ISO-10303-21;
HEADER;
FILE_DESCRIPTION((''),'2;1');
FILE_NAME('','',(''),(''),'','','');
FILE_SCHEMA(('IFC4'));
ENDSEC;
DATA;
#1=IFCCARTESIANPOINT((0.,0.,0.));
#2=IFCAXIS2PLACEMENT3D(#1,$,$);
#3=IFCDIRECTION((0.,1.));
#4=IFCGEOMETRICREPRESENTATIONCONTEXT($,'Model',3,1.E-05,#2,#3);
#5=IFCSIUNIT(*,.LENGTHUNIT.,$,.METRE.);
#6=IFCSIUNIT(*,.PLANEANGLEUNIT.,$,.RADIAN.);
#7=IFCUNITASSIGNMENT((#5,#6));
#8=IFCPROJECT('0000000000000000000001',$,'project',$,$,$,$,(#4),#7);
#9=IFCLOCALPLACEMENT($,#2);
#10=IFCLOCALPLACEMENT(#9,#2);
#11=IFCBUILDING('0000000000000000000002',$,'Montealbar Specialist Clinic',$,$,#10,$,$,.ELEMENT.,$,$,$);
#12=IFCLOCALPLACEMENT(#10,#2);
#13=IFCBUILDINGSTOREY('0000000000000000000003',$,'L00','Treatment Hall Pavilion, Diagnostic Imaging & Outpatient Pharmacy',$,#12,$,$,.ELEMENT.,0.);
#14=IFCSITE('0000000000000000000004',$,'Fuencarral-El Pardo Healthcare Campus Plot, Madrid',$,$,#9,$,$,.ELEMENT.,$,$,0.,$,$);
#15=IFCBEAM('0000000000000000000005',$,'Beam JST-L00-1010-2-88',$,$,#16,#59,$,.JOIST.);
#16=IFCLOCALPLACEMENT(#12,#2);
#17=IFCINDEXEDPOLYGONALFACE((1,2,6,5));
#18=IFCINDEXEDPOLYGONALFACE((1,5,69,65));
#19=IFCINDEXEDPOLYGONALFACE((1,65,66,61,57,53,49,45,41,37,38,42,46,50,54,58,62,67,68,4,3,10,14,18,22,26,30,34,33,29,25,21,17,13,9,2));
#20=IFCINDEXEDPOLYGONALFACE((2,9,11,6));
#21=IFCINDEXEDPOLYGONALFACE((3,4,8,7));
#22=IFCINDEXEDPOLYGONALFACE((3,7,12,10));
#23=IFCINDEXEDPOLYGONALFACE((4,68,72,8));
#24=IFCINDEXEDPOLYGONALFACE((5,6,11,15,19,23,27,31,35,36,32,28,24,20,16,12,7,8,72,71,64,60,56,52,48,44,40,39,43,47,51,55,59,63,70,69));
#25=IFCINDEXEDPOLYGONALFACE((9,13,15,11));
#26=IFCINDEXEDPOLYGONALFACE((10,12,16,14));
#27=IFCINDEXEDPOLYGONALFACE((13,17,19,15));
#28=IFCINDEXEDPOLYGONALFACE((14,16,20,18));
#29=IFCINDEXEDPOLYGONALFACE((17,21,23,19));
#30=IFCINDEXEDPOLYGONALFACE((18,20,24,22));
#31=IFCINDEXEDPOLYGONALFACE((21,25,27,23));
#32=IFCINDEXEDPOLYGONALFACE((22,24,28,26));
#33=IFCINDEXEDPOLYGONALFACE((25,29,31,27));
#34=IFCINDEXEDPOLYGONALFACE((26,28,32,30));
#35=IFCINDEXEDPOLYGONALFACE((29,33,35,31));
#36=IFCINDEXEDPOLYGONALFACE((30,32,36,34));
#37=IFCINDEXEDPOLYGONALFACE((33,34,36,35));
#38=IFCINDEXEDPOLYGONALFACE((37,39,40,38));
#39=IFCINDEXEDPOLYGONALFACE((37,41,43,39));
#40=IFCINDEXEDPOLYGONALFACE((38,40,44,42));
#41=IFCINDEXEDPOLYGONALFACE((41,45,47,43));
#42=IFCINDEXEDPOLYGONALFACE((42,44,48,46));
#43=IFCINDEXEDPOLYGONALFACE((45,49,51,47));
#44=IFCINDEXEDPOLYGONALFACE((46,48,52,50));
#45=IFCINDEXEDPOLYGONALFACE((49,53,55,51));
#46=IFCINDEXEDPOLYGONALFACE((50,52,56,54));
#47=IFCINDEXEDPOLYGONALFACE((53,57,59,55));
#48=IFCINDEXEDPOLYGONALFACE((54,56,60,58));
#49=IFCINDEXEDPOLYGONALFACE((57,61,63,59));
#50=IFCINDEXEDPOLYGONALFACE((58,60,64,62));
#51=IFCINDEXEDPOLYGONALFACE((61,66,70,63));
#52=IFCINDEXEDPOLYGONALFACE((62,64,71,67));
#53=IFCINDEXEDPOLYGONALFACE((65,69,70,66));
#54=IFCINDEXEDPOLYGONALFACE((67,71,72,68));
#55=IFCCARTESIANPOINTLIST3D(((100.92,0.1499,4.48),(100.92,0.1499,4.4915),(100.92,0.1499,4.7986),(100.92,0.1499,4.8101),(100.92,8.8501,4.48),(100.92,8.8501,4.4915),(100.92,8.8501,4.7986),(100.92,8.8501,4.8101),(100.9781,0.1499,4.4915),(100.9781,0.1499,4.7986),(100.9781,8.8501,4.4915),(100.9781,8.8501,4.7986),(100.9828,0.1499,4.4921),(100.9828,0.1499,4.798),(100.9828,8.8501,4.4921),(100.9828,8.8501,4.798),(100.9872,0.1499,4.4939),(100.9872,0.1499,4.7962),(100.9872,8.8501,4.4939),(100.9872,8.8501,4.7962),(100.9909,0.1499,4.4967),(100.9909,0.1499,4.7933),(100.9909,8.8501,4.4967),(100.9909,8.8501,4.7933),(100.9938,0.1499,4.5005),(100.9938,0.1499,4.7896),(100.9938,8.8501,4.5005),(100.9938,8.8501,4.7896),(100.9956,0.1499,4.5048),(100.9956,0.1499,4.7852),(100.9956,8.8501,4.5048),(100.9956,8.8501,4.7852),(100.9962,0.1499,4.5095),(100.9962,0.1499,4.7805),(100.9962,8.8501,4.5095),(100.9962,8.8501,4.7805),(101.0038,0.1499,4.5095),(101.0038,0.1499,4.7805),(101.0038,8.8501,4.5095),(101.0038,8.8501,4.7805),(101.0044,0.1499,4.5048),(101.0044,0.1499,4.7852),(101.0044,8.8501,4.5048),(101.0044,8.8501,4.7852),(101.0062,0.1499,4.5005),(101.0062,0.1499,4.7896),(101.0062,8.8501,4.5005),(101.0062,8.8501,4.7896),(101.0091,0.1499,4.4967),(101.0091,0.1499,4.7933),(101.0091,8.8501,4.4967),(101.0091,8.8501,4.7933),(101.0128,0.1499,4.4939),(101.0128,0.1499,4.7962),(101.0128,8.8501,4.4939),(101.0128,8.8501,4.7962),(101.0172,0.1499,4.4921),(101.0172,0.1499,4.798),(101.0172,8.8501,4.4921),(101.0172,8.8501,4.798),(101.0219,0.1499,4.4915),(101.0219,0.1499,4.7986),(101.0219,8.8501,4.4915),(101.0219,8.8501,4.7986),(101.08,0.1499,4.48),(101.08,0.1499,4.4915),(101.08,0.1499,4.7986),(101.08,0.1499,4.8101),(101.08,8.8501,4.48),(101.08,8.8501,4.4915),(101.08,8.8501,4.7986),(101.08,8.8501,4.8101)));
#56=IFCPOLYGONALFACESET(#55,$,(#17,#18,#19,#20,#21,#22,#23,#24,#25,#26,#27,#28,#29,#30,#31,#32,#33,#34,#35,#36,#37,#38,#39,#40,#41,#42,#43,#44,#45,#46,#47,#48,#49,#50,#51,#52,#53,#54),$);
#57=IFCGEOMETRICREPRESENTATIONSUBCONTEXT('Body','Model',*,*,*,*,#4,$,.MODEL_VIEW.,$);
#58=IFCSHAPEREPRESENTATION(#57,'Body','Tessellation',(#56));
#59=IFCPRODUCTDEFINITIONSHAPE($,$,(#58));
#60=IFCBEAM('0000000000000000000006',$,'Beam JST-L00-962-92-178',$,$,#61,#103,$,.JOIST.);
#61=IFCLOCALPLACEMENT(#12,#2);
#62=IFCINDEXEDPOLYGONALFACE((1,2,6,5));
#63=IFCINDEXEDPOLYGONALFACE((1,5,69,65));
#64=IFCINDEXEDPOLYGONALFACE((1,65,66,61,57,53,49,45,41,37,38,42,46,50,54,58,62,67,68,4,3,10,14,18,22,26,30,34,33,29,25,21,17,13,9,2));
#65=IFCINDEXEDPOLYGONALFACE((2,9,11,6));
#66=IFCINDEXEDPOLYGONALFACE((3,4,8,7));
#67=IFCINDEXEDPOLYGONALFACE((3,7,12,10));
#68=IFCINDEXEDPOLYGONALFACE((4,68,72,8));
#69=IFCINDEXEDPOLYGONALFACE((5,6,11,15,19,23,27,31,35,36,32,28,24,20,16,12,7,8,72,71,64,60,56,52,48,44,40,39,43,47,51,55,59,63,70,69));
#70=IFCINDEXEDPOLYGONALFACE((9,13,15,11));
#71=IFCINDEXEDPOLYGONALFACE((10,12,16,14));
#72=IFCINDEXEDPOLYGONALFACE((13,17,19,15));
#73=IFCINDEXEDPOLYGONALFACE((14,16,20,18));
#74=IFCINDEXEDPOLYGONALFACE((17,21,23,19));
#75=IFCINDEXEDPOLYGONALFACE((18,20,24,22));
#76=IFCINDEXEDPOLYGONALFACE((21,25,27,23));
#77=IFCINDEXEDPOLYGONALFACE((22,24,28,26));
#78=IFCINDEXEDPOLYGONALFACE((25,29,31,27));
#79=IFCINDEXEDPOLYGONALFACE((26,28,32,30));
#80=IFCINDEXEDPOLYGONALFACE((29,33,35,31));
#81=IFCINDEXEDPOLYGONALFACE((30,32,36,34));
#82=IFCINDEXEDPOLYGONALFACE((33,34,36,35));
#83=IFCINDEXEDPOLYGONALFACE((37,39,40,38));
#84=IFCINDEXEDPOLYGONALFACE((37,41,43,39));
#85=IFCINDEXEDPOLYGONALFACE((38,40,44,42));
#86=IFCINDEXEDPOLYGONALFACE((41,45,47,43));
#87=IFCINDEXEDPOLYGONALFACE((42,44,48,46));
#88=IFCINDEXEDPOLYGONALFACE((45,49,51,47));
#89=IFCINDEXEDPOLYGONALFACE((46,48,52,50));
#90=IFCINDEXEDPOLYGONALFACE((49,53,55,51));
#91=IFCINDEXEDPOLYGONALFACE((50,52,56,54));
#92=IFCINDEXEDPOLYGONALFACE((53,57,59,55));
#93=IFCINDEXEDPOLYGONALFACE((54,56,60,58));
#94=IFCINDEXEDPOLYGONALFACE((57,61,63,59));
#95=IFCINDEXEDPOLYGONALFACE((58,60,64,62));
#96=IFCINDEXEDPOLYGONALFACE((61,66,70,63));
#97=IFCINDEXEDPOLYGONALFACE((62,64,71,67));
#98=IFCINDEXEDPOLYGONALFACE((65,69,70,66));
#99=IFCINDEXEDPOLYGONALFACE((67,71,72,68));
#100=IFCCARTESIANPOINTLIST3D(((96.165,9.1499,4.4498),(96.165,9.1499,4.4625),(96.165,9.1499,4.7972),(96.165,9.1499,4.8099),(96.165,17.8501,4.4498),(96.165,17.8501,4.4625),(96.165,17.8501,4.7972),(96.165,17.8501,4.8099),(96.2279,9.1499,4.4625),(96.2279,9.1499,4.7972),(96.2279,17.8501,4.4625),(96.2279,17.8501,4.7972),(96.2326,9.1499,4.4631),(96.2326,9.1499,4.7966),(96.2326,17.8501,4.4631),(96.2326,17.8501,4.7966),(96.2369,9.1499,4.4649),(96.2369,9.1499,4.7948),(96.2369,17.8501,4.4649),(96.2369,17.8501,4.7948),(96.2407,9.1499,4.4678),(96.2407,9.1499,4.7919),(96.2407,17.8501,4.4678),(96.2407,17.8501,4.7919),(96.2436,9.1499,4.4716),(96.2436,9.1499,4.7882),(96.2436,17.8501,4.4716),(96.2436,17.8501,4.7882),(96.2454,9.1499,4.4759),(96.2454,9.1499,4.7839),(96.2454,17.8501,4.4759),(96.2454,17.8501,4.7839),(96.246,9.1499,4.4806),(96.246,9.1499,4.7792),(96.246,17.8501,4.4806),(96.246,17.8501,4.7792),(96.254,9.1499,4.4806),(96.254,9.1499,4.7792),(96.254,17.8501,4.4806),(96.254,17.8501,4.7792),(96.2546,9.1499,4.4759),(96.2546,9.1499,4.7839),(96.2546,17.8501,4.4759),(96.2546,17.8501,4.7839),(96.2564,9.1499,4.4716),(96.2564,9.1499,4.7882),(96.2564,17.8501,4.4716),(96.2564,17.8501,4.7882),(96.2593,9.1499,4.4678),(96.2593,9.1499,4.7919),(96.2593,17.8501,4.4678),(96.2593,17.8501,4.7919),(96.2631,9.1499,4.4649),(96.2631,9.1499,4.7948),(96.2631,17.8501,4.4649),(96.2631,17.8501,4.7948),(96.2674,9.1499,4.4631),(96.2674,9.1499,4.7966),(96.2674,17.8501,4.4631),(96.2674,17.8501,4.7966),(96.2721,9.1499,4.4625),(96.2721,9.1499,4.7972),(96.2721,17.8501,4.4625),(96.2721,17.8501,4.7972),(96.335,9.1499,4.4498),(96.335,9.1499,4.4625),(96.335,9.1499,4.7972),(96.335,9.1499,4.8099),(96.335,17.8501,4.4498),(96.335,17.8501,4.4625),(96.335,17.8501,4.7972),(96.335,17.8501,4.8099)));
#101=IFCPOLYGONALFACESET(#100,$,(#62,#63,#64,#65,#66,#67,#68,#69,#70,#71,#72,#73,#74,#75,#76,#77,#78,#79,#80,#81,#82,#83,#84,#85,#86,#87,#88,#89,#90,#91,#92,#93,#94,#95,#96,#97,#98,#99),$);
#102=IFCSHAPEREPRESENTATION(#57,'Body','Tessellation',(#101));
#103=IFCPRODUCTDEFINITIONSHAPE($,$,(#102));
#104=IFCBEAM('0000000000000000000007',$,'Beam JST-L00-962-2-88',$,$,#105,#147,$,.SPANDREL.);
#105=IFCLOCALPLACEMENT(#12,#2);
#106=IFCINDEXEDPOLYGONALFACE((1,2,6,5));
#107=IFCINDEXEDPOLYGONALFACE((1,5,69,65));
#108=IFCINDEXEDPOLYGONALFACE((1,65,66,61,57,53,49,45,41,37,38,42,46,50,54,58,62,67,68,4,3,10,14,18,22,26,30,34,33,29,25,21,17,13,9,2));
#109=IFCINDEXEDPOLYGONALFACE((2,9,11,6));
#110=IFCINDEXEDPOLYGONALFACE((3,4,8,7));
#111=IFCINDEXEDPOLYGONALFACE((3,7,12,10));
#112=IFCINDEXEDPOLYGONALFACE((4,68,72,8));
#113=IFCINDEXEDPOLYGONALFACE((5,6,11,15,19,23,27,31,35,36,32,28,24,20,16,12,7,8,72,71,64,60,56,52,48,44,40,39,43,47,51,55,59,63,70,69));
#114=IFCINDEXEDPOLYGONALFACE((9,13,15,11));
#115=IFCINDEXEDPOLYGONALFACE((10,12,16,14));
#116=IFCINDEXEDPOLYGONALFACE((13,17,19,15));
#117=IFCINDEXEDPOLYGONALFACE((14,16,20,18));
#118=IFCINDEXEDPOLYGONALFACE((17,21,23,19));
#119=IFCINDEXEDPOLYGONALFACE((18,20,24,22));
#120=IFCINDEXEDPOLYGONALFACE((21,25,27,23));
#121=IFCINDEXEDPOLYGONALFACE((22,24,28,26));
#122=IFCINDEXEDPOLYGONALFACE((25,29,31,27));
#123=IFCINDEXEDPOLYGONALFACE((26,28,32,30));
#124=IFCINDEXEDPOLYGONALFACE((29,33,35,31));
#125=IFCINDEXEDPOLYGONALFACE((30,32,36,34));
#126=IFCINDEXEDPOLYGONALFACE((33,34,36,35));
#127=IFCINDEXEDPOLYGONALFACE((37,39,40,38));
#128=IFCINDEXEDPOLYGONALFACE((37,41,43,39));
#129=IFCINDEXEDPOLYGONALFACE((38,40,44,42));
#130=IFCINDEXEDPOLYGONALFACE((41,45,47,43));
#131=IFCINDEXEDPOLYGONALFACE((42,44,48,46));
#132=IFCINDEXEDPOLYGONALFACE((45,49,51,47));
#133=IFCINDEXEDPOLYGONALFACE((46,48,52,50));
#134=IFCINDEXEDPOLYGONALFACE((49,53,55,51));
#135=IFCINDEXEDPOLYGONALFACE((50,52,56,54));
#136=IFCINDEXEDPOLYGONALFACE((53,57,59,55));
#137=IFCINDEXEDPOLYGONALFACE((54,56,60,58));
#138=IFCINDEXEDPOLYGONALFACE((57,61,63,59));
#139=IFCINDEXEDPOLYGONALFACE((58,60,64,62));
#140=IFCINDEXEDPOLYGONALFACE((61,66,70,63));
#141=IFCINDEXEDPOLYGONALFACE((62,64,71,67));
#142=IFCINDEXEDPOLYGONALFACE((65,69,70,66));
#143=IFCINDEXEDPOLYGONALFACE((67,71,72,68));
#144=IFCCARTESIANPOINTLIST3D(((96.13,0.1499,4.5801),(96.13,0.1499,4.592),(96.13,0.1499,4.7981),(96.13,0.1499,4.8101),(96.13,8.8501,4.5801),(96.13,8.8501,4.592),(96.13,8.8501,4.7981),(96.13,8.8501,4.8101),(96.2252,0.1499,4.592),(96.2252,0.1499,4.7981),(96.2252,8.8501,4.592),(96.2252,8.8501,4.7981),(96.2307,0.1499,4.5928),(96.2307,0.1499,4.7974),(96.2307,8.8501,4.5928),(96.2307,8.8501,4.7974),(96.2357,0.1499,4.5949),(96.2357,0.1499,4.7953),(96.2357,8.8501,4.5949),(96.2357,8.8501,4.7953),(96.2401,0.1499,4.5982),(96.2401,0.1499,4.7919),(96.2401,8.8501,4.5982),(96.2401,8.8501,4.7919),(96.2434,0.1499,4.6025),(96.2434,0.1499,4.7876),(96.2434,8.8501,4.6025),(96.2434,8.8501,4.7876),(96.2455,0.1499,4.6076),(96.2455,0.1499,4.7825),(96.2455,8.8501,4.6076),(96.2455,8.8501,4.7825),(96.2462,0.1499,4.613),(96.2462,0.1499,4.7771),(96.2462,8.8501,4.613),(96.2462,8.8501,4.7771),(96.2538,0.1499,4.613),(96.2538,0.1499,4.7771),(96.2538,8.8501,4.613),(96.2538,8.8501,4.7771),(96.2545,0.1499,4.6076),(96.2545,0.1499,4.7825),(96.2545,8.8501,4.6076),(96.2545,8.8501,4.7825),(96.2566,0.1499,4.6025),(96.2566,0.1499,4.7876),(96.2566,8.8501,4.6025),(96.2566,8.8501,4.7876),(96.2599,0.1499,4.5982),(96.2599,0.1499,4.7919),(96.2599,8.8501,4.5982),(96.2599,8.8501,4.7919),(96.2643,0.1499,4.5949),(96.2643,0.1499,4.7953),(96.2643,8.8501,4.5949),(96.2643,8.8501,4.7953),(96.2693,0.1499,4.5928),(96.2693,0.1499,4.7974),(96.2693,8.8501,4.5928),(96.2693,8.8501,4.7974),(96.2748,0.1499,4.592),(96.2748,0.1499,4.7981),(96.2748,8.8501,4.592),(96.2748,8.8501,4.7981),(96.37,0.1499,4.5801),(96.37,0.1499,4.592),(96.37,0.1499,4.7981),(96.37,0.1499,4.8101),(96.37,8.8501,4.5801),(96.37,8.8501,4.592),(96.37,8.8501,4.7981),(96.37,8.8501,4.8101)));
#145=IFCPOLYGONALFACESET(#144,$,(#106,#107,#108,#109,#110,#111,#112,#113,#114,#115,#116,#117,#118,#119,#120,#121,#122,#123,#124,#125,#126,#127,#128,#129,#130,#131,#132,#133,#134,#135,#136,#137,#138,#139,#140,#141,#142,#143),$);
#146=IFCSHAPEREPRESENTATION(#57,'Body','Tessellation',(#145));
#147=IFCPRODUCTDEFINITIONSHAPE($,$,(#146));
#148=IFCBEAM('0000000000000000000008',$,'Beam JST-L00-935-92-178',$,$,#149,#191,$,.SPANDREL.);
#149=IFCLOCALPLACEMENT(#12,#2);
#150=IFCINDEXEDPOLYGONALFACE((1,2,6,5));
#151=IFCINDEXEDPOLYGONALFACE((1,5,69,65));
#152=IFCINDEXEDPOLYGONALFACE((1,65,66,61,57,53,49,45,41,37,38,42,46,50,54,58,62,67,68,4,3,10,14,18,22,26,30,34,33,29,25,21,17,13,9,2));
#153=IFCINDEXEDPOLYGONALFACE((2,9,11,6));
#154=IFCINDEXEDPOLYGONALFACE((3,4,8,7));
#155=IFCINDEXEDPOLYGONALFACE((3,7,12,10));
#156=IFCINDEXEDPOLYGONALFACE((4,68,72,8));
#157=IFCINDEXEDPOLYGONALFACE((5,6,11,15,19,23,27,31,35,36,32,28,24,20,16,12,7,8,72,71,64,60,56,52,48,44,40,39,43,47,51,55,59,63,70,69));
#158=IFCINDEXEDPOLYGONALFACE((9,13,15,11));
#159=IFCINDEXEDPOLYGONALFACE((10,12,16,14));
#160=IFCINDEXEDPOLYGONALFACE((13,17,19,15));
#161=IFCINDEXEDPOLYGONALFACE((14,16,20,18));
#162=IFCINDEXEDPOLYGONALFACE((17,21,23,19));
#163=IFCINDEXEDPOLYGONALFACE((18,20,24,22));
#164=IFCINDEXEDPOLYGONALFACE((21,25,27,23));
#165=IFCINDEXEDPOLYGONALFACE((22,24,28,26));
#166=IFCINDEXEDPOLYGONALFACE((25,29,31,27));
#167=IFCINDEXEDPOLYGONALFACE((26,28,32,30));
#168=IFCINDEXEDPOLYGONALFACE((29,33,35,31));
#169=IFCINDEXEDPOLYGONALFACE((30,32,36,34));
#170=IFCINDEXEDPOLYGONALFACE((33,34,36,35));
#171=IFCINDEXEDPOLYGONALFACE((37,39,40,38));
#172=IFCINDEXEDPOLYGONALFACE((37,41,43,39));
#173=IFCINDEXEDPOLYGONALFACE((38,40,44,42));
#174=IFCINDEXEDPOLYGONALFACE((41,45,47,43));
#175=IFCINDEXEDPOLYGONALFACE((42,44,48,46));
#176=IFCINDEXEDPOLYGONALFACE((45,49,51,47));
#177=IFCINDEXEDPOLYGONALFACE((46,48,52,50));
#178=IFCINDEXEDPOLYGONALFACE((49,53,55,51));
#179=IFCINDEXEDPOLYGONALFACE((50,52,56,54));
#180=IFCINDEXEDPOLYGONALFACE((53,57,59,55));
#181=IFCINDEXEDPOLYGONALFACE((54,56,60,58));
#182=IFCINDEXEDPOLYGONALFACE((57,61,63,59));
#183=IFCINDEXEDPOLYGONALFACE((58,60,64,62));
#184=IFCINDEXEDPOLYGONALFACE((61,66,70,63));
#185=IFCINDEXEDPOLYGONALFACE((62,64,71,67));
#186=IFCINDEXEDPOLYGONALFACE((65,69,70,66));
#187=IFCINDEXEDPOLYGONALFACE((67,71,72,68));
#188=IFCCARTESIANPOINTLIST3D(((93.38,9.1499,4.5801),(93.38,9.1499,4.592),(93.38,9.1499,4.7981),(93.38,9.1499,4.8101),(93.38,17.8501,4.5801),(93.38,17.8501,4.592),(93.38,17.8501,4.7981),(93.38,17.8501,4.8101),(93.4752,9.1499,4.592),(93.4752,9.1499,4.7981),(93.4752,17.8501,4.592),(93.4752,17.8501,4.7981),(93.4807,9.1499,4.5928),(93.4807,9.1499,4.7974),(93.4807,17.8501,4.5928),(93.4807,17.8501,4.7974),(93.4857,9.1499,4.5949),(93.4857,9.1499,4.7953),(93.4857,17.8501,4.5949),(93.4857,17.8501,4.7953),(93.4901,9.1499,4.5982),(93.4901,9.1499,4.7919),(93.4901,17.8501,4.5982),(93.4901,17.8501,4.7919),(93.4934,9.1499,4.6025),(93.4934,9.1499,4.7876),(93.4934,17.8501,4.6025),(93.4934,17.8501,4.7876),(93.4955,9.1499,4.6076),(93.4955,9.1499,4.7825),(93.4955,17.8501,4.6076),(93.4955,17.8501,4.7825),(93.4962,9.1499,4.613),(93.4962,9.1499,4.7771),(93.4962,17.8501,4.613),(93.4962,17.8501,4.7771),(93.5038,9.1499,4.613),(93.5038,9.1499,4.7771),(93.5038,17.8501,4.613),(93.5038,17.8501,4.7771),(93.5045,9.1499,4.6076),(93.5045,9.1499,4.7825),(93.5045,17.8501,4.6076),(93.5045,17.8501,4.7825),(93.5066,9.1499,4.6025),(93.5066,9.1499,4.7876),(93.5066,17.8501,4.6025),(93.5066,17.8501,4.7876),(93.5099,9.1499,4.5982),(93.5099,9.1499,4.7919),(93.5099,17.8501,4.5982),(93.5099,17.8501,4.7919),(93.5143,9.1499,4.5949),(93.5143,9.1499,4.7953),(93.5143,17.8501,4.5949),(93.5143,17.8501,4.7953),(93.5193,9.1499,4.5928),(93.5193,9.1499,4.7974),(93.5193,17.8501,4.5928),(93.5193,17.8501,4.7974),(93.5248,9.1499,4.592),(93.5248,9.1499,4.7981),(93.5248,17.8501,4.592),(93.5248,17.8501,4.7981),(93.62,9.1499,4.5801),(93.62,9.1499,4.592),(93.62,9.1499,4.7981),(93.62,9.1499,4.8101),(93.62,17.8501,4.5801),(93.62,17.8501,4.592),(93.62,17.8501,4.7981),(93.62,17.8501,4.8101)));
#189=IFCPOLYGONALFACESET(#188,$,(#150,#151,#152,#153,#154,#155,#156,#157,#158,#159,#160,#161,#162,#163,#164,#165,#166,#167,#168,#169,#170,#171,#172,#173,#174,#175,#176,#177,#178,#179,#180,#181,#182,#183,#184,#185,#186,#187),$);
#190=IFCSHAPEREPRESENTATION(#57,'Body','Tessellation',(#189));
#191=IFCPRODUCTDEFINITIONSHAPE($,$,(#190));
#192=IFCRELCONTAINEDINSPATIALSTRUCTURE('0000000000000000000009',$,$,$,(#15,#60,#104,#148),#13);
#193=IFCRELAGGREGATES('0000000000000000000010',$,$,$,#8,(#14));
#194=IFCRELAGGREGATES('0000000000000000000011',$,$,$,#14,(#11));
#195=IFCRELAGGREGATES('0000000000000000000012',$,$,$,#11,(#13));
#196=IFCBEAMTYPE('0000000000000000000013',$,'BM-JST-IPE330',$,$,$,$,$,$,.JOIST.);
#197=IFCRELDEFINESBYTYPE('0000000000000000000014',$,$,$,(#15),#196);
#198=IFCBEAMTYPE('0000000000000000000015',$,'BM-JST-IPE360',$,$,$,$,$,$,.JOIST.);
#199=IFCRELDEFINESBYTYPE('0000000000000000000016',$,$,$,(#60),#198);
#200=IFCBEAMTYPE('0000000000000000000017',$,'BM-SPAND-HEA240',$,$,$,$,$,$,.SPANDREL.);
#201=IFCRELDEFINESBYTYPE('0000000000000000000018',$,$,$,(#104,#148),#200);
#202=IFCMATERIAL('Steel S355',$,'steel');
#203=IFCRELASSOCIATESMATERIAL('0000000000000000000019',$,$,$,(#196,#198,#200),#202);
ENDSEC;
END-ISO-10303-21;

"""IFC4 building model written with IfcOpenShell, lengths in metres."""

from ifc_helpers import new_model, si_unit, direction, frame, origin, origin_2d, place, context, subcontext, project, spatial, i_section, extrude, material, material_profile, profile_set, type_object, element, save


model = new_model("IFC4")

# Units and contexts
model_context = context("Model", 3, precision=1e-05, world=origin(), true_north=direction((0.0, 1.0)))
body_context = subcontext(model_context, "Body", "Model", "MODEL_VIEW")
ifc_project = project(units=[si_unit("LENGTHUNIT", "METRE"), si_unit("PLANEANGLEUNIT", "RADIAN")], contexts=[model_context])

# Site, building, storey
site_placement = place(None, origin())
site = spatial("IfcSite", under=ifc_project, at=site_placement, Name="Fuencarral-El Pardo Healthcare Campus Plot, Madrid", CompositionType="ELEMENT", RefElevation=0.0)
building_placement = place(site_placement, origin())
building = spatial("IfcBuilding", under=site, at=building_placement, Name="Montealbar Specialist Clinic", CompositionType="ELEMENT")
storey_placement = place(building_placement, origin())
storey = spatial("IfcBuildingStorey", under=building, at=storey_placement, Name="L00", Description="Treatment Hall Pavilion, Diagnostic Imaging & Outpatient Pharmacy", CompositionType="ELEMENT", Elevation=0.0)

# Shared definitions
ifc_material_1 = material(Name="Steel S355", Category="steel")

# Beams
ifc_material_profile_1 = material_profile(ifc_material_1, i_section(OverallWidth=0.1599, OverallDepth=0.3301, WebThickness=0.0076, FlangeThickness=0.0115, FilletRadius=0.0181, at=origin_2d()), Name="IPE 330", Category="steel")
ifc_profile_set_1 = profile_set([ifc_material_profile_1], Name="Steel S355")
beam_type_1 = type_object("IfcBeamType", Name="BM-JST-IPE330", PredefinedType="JOIST", material=ifc_profile_set_1)
beam_1_placement = place(storey_placement, frame((101.0, 0.1499, 4.645), z_axis=(0.0, 1.0, 0.0), x_axis=(-1.0, 0.0, 0.0)))
element("IfcBeam", 1, at=beam_1_placement, inside=storey, type_object=beam_type_1, Name="Beam JST-L00-1010-2-88", PredefinedType="JOIST", context=body_context, shape_type="SweptSolid", body=[
    extrude(i_section(OverallWidth=0.1599, OverallDepth=0.3301, WebThickness=0.0076, FlangeThickness=0.0115, FilletRadius=0.0181, at=origin_2d()), origin(), (0.0, 0.0, 1.0), 8.7002),
])
ifc_material_profile_2 = material_profile(ifc_material_1, i_section(OverallWidth=0.1699, OverallDepth=0.3601, WebThickness=0.0081, FlangeThickness=0.0127, FilletRadius=0.0181, at=origin_2d()), Name="IPE 360", Category="steel")
ifc_profile_set_2 = profile_set([ifc_material_profile_2], Name="Steel S355")
beam_type_2 = type_object("IfcBeamType", Name="BM-JST-IPE360", PredefinedType="JOIST", material=ifc_profile_set_2)
beam_2_placement = place(storey_placement, frame((96.25, 9.1499, 4.6299), z_axis=(0.0, 1.0, 0.0), x_axis=(-1.0, 0.0, 0.0)))
element("IfcBeam", 2, at=beam_2_placement, inside=storey, type_object=beam_type_2, Name="Beam JST-L00-962-92-178", PredefinedType="JOIST", context=body_context, shape_type="SweptSolid", body=[
    extrude(i_section(OverallWidth=0.1699, OverallDepth=0.3601, WebThickness=0.0081, FlangeThickness=0.0127, FilletRadius=0.0181, at=origin_2d()), origin(), (0.0, 0.0, 1.0), 8.7002),
])
ifc_material_profile_3 = material_profile(ifc_material_1, i_section(OverallWidth=0.24, OverallDepth=0.23, WebThickness=0.0076, FlangeThickness=0.012, FilletRadius=0.021, at=origin_2d()), Name="HEA 240", Category="steel")
ifc_profile_set_3 = profile_set([ifc_material_profile_3], Name="Steel S355")
beam_type_3 = type_object("IfcBeamType", Name="BM-SPAND-HEA240", PredefinedType="SPANDREL", material=ifc_profile_set_3)
for number, where, z_axis, x_axis, name in (
    (3, (96.25, 0.1499, 4.6951), (0.0, 1.0, 0.0), (-1.0, 0.0, 0.0), "Beam JST-L00-962-2-88"),
    (4, (93.5, 9.1499, 4.6951), (0.0, 1.0, 0.0), (-1.0, 0.0, 0.0), "Beam JST-L00-935-92-178"),
):
    element("IfcBeam", number, at=place(storey_placement, frame(where, z_axis=z_axis, x_axis=x_axis)), inside=storey, type_object=beam_type_3, Name=name, PredefinedType="SPANDREL", context=body_context, shape_type="SweptSolid", body=[
        extrude(i_section(OverallWidth=0.24, OverallDepth=0.23, WebThickness=0.0076, FlangeThickness=0.012, FilletRadius=0.021, at=origin_2d()), origin(), (0.0, 0.0, 1.0), 8.7002),
    ])

save(model, "model.ifc")
